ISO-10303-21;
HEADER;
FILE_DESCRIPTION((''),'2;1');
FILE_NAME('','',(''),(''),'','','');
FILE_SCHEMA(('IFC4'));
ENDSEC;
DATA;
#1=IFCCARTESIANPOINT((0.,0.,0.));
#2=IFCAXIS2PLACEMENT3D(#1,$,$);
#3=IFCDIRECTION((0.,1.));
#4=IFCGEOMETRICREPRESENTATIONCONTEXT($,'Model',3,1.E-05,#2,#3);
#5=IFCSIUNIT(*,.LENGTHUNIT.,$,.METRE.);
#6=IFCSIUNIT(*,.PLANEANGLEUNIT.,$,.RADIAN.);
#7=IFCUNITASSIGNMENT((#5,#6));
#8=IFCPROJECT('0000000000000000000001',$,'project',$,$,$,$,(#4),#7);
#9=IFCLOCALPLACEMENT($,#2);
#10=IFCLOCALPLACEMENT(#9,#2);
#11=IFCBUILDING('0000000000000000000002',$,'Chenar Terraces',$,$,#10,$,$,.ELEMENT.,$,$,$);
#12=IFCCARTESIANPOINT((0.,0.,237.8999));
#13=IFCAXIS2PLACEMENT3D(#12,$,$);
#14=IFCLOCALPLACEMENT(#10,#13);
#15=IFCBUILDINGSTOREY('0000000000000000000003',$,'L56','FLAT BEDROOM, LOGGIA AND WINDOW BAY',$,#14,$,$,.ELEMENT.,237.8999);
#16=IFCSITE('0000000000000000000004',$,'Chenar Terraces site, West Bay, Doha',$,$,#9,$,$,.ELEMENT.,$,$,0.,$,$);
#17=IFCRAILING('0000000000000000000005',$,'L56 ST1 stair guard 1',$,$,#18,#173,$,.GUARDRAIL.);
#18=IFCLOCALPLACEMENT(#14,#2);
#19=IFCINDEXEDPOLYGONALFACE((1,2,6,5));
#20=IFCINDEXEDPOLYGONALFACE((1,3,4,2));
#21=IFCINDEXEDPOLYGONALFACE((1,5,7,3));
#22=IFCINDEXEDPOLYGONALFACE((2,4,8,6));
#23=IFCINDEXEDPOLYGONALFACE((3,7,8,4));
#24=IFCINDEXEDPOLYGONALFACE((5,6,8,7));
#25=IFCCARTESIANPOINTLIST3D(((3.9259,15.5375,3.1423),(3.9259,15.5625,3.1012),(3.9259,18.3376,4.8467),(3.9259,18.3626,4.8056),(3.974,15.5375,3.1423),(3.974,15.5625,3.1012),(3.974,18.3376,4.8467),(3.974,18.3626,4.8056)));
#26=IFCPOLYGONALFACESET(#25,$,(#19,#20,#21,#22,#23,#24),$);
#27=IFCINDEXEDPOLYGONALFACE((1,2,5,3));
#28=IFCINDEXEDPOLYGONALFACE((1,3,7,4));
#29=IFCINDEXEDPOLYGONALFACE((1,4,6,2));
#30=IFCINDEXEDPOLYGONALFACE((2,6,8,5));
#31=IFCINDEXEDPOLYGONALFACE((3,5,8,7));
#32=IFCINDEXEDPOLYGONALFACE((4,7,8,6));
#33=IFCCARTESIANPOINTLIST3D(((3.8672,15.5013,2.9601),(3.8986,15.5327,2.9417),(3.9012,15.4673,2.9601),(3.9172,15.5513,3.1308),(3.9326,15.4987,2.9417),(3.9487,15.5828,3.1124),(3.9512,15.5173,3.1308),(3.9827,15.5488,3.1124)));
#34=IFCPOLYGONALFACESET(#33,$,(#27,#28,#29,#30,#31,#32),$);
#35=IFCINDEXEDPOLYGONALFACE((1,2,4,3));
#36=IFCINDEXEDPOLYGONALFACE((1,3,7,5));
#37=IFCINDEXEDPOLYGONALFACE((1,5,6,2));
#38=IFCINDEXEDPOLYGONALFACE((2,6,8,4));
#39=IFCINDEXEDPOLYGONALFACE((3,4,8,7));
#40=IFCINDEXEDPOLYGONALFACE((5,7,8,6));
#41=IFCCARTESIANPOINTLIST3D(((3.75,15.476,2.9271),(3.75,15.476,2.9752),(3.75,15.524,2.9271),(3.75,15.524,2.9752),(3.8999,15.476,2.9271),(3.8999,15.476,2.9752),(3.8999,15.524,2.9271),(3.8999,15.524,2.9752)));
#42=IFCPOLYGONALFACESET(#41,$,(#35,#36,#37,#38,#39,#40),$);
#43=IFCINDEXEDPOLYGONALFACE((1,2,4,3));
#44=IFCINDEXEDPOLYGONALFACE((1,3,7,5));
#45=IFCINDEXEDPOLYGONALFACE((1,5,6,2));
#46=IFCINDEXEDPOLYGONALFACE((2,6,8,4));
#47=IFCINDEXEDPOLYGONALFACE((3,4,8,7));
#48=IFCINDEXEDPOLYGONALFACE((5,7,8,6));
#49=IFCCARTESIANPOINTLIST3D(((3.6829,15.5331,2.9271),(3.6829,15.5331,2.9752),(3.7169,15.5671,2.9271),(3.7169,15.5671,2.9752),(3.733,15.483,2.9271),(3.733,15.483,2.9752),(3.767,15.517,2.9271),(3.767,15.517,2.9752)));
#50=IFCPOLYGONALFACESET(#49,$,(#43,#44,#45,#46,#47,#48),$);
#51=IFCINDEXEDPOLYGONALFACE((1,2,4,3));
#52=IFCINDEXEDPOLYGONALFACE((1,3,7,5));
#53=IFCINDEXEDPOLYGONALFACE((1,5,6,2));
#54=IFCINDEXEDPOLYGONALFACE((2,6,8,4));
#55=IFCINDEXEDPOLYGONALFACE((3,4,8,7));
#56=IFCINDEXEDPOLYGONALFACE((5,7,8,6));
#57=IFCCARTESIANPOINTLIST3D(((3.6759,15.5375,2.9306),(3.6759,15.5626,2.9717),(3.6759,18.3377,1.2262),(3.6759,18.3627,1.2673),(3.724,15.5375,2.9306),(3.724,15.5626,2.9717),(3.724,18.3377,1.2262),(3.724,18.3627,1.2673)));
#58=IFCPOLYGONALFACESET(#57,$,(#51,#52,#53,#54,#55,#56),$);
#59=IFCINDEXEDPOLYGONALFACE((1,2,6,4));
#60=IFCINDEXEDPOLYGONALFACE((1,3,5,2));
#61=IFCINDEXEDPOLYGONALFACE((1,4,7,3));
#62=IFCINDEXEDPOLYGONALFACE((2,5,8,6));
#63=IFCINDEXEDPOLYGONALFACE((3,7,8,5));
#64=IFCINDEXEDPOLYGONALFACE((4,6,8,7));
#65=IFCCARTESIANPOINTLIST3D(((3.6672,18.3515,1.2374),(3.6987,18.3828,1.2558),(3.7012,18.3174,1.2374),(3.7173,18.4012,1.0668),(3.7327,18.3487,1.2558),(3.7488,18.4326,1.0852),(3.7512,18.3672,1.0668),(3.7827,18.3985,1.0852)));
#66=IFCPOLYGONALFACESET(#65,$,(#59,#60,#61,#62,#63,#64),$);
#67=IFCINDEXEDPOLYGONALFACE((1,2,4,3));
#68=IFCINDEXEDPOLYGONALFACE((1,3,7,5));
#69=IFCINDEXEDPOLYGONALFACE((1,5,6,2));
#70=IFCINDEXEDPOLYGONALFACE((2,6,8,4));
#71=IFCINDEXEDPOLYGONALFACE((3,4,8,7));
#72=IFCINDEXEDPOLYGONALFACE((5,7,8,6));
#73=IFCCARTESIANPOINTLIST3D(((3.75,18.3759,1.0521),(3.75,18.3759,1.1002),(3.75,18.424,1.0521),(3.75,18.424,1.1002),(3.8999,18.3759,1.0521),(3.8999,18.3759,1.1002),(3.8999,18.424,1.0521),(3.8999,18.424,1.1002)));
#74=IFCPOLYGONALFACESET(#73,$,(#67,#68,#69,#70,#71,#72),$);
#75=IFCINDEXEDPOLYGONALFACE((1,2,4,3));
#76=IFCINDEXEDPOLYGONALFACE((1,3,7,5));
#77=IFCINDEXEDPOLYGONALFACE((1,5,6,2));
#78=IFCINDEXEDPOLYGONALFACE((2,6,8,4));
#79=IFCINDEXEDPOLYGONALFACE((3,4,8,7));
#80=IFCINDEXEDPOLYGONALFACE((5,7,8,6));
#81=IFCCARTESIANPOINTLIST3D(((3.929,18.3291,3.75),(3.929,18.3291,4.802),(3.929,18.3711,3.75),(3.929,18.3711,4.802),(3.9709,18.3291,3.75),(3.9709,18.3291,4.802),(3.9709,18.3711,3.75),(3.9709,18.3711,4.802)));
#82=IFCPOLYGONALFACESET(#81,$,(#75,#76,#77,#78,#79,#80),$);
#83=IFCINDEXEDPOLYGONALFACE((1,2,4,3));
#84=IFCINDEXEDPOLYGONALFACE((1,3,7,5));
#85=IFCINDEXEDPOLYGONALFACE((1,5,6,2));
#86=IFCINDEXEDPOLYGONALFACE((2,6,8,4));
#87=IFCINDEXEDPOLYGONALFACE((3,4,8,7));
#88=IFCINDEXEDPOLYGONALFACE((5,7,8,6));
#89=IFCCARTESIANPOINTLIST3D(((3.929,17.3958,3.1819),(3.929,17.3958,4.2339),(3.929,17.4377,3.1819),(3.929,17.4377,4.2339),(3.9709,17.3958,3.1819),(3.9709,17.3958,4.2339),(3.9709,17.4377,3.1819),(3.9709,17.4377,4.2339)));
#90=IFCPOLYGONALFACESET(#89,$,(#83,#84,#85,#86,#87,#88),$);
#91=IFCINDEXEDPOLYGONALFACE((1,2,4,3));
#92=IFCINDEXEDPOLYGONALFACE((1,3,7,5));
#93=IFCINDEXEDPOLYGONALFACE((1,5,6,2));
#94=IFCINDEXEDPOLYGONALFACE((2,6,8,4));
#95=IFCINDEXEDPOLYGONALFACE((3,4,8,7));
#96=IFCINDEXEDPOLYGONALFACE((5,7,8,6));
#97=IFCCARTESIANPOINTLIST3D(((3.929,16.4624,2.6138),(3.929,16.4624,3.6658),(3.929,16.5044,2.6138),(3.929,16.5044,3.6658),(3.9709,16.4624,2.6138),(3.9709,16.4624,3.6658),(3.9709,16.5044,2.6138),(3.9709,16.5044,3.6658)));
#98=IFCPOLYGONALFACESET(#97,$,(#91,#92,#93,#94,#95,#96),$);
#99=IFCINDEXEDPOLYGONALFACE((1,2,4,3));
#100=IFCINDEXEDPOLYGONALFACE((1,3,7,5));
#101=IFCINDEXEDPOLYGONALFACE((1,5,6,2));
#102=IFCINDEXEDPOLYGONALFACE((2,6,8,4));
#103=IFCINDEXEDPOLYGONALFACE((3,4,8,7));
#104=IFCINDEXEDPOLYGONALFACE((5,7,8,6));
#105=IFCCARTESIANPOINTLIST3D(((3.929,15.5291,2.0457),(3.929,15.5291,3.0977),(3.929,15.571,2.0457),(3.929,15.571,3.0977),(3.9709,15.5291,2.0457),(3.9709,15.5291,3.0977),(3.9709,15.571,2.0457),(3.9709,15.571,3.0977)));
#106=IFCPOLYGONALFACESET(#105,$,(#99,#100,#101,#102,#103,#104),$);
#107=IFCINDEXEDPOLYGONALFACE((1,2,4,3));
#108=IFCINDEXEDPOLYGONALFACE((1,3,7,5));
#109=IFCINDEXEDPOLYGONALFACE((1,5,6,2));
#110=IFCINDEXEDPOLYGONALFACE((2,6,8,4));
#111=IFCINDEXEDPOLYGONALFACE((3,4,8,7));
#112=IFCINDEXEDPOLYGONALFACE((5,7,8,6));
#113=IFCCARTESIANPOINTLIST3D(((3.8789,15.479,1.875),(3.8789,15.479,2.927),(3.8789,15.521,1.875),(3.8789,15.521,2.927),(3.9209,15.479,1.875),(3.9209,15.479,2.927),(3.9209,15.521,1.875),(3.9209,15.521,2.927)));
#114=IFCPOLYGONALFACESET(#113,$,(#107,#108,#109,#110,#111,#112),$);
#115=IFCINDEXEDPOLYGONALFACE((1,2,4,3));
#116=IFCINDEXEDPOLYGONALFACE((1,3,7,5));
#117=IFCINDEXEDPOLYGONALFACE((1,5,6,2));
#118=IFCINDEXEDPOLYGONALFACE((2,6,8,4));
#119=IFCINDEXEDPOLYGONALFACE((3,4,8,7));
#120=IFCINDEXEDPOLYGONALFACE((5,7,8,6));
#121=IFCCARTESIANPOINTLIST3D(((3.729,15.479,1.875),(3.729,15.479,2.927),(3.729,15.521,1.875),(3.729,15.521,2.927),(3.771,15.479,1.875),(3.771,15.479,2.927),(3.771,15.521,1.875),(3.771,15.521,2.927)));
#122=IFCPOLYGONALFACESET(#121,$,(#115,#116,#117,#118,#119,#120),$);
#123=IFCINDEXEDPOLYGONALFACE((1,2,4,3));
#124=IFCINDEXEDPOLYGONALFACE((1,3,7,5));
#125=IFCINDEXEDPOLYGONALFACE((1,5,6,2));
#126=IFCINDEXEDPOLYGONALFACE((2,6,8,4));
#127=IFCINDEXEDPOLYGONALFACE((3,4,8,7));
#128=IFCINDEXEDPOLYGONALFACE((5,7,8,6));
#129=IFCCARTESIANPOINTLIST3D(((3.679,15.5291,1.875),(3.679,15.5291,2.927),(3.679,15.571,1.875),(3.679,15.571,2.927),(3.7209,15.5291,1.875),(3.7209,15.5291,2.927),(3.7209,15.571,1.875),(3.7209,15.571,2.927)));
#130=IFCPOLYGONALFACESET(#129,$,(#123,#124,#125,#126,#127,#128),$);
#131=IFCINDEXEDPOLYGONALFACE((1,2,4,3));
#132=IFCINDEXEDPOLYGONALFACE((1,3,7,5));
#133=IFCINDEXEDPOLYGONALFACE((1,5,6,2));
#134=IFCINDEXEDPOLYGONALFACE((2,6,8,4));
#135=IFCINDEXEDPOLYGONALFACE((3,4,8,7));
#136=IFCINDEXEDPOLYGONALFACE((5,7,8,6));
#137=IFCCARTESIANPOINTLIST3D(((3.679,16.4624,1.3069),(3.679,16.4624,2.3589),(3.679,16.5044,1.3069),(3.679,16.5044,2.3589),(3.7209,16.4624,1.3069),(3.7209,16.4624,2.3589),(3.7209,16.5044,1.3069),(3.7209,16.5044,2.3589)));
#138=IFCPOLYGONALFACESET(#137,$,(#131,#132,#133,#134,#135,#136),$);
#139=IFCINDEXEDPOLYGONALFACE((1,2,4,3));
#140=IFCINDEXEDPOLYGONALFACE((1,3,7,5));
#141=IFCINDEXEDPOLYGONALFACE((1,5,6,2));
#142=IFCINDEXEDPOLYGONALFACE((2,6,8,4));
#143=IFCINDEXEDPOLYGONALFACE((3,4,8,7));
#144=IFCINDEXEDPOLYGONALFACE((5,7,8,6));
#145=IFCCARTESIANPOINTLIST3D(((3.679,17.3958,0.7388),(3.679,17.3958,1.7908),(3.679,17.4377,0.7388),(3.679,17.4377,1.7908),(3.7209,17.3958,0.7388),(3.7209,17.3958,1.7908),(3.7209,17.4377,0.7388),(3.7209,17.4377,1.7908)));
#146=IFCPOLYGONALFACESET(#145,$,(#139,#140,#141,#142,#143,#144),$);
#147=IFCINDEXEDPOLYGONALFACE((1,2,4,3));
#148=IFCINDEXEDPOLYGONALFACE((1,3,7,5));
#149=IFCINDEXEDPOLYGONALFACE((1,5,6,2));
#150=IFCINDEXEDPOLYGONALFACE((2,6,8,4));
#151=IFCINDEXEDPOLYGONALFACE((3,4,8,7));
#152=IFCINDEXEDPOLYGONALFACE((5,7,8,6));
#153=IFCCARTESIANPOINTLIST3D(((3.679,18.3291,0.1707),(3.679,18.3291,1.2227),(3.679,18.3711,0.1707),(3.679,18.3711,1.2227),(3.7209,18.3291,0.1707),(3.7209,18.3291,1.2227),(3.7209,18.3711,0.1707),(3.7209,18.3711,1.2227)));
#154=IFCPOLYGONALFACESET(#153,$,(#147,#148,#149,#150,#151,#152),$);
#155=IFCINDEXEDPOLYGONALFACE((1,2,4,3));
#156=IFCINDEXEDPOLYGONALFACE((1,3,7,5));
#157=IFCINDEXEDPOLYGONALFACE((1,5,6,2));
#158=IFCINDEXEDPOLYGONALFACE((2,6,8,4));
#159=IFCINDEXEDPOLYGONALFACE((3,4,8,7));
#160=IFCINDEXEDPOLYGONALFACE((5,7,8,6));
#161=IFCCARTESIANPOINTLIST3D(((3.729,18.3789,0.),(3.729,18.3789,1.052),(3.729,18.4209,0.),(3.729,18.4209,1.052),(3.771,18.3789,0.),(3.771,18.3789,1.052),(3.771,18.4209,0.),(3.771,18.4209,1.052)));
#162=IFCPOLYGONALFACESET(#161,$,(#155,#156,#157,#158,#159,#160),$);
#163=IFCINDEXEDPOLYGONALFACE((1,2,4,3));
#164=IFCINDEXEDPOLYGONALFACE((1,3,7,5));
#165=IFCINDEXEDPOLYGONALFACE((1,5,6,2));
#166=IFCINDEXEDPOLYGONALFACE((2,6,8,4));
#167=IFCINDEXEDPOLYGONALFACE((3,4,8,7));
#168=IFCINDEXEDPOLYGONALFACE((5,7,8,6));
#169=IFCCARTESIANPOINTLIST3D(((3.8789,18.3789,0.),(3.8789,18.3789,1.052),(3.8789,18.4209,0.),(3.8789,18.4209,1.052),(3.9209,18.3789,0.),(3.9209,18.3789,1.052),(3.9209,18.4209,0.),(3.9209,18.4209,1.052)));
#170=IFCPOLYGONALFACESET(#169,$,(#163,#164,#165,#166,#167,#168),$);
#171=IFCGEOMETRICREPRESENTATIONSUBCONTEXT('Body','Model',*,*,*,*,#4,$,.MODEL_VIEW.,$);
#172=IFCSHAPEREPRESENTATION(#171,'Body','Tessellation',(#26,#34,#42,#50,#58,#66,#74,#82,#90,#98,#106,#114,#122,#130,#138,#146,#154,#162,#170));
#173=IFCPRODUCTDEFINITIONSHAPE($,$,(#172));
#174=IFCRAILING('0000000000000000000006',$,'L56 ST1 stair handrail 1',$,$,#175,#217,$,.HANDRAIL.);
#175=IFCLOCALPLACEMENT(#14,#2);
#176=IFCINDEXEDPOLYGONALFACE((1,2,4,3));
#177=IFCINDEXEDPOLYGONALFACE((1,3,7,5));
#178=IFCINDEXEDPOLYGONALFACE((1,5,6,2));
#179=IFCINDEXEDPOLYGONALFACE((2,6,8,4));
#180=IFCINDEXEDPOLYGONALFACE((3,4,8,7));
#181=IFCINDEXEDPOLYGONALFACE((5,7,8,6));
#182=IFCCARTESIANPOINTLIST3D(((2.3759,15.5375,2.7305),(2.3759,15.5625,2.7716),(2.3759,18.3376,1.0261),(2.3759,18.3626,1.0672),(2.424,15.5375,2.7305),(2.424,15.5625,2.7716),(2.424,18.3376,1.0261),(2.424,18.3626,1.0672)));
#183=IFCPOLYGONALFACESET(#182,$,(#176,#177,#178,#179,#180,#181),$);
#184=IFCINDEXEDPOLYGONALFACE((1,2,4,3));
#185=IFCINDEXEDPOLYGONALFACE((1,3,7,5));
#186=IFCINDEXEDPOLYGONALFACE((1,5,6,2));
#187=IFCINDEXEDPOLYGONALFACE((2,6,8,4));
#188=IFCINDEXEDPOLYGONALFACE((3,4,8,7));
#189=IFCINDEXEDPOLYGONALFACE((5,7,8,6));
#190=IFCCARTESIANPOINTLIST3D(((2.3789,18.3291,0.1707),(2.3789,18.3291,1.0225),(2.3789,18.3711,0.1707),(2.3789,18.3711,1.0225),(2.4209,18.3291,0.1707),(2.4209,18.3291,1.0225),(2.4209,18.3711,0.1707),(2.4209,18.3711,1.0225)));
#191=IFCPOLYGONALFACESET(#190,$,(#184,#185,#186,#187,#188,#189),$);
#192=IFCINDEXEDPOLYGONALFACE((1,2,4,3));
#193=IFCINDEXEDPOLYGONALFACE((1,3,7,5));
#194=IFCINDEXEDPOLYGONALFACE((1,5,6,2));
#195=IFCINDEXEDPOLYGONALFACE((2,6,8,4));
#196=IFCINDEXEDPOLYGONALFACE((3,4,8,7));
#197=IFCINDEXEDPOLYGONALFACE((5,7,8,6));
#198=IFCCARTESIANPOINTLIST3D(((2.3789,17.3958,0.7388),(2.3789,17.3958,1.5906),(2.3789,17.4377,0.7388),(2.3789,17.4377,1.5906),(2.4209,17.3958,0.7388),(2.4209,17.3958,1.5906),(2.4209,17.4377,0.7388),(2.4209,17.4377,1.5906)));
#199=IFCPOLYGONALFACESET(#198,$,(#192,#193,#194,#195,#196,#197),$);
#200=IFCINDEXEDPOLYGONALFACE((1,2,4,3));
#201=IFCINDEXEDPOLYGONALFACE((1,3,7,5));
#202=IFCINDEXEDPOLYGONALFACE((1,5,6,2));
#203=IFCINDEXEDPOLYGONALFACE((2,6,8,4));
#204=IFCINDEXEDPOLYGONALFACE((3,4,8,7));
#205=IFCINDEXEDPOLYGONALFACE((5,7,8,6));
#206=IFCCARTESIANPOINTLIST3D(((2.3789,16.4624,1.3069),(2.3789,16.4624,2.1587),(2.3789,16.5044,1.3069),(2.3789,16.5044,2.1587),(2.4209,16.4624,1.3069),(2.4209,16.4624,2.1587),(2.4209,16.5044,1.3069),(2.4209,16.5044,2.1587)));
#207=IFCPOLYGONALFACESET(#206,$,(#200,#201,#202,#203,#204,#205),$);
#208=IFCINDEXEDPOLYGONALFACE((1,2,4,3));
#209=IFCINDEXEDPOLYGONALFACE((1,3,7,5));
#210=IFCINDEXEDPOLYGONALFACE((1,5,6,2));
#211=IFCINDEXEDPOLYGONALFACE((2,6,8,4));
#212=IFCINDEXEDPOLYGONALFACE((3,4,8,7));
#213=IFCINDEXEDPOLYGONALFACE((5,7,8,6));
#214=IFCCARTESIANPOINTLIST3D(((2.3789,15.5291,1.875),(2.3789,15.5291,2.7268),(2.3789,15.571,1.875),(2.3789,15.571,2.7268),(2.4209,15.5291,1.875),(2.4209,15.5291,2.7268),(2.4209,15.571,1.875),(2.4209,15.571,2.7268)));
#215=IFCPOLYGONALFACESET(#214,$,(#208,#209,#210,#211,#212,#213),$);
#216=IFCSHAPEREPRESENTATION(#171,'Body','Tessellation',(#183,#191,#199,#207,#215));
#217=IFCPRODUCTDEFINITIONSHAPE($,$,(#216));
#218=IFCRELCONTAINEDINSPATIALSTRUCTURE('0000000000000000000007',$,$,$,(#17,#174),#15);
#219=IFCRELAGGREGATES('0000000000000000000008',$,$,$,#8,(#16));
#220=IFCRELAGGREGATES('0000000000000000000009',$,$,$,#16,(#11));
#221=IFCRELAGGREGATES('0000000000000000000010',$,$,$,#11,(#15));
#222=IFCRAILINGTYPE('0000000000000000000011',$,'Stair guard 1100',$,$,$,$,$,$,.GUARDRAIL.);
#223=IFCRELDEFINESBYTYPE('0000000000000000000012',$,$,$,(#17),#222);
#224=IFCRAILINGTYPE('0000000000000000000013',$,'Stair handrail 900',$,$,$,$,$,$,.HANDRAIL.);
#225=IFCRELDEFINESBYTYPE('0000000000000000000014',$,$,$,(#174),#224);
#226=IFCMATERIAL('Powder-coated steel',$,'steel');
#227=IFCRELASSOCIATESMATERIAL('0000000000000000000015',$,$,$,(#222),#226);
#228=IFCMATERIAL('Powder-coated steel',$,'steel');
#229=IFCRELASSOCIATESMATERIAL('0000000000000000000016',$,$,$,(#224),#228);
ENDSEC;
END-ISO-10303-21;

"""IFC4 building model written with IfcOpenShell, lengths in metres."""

from ifc_helpers import new_model, si_unit, direction, frame, origin, origin_2d, place, context, subcontext, project, spatial, rectangle, extrude, material, type_object, element, save


model = new_model("IFC4")

# Units and contexts
model_context = context("Model", 3, precision=1e-05, world=origin(), true_north=direction((0.0, 1.0)))
body_context = subcontext(model_context, "Body", "Model", "MODEL_VIEW")
ifc_project = project(units=[si_unit("LENGTHUNIT", "METRE"), si_unit("PLANEANGLEUNIT", "RADIAN")], contexts=[model_context])

# Site, building, storey
site_placement = place(None, origin())
site = spatial("IfcSite", under=ifc_project, at=site_placement, Name="Chenar Terraces site, West Bay, Doha", CompositionType="ELEMENT", RefElevation=0.0)
building_placement = place(site_placement, origin())
building = spatial("IfcBuilding", under=site, at=building_placement, Name="Chenar Terraces", CompositionType="ELEMENT")
storey_placement = place(building_placement, frame((0.0, 0.0, 237.8999)))
storey = spatial("IfcBuildingStorey", under=building, at=storey_placement, Name="L56", Description="FLAT BEDROOM, LOGGIA AND WINDOW BAY", CompositionType="ELEMENT", Elevation=237.8999)

# Railings
ifc_material_1 = material(Name="Powder-coated steel", Category="steel")
railing_type_1 = type_object("IfcRailingType", Name="Stair guard 1100", PredefinedType="GUARDRAIL", material=ifc_material_1)
railing_1_placement = place(storey_placement, frame((3.95, 18.3501, 3.75)))
element("IfcRailing", 1, at=railing_1_placement, inside=storey, type_object=railing_type_1, Name="L56 ST1 stair guard 1", PredefinedType="GUARDRAIL", context=body_context, shape_type="SweptSolid", body=[
    extrude(rectangle(XDim=0.0481, YDim=0.0481, at=origin_2d()), frame((0.0, 0.0, 1.0762), z_axis=(0.0, -0.854203, -0.51994), x_axis=(1.0, 0.0, 0.0)), (0.0, 0.0, 1.0), 3.2781),
    extrude(rectangle(XDim=0.0481, YDim=0.0481, at=origin_2d()), frame((0.0, -2.8, -0.6284), z_axis=(-0.2709, -0.2709, -0.923703), x_axis=(0.707107, -0.707107, 0.0)), (0.0, 0.0, 1.0), 0.1848),
    extrude(rectangle(XDim=0.0481, YDim=0.0481, at=origin_2d()), frame((-0.05, -2.8501, -0.7988), z_axis=(-1.0, 0.0, 0.0), x_axis=(0.0, -1.0, 0.0)), (0.0, 0.0, 1.0), 0.1499),
    extrude(rectangle(XDim=0.0481, YDim=0.0481, at=origin_2d()), frame((-0.2, -2.8501, -0.7988), z_axis=(-0.707107, 0.707107, 0.0), x_axis=(-0.707107, -0.707107, 0.0)), (0.0, 0.0, 1.0), 0.0708),
    extrude(rectangle(XDim=0.0481, YDim=0.0481, at=origin_2d()), frame((-0.25, -2.8, -0.7988), z_axis=(0.0, 0.854203, -0.51994), x_axis=(-1.0, 0.0, 0.0)), (0.0, 0.0, 1.0), 3.2781),
    extrude(rectangle(XDim=0.0481, YDim=0.0481, at=origin_2d()), frame((-0.25, 0.0, -2.5034), z_axis=(0.270997, 0.269675, -0.924033), x_axis=(-0.705376, 0.708834, 0.0)), (0.0, 0.0, 1.0), 0.1846),
    extrude(rectangle(XDim=0.0481, YDim=0.0481, at=origin_2d()), frame((-0.2, 0.0498, -2.6738), z_axis=(1.0, 0.0, 0.0), x_axis=(0.0, 1.0, 0.0)), (0.0, 0.0, 1.0), 0.1499),
    extrude(rectangle(XDim=0.042, YDim=0.042, at=origin_2d()), origin(), (0.0, 0.0, 1.0), 1.052),
    extrude(rectangle(XDim=0.042, YDim=0.042, at=origin_2d()), frame((0.0, -0.9333, -0.5681)), (0.0, 0.0, 1.0), 1.052),
    extrude(rectangle(XDim=0.042, YDim=0.042, at=origin_2d()), frame((0.0, -1.8667, -1.1362)), (0.0, 0.0, 1.0), 1.052),
    extrude(rectangle(XDim=0.042, YDim=0.042, at=origin_2d()), frame((0.0, -2.8, -1.7043)), (0.0, 0.0, 1.0), 1.052),
    extrude(rectangle(XDim=0.042, YDim=0.042, at=origin_2d()), frame((-0.05, -2.8501, -1.875)), (0.0, 0.0, 1.0), 1.052),
    extrude(rectangle(XDim=0.042, YDim=0.042, at=origin_2d()), frame((-0.2, -2.8501, -1.875)), (0.0, 0.0, 1.0), 1.052),
    extrude(rectangle(XDim=0.042, YDim=0.042, at=origin_2d()), frame((-0.25, -2.8, -1.875)), (0.0, 0.0, 1.0), 1.052),
    extrude(rectangle(XDim=0.042, YDim=0.042, at=origin_2d()), frame((-0.25, -1.8667, -2.4431)), (0.0, 0.0, 1.0), 1.052),
    extrude(rectangle(XDim=0.042, YDim=0.042, at=origin_2d()), frame((-0.25, -0.9333, -3.0112)), (0.0, 0.0, 1.0), 1.052),
    extrude(rectangle(XDim=0.042, YDim=0.042, at=origin_2d()), frame((-0.25, 0.0, -3.5793)), (0.0, 0.0, 1.0), 1.052),
    extrude(rectangle(XDim=0.042, YDim=0.042, at=origin_2d()), frame((-0.2, 0.0498, -3.75)), (0.0, 0.0, 1.0), 1.052),
    extrude(rectangle(XDim=0.042, YDim=0.042, at=origin_2d()), frame((-0.05, 0.0498, -3.75)), (0.0, 0.0, 1.0), 1.052),
])
ifc_material_2 = material(Name="Powder-coated steel", Category="steel")
railing_type_2 = type_object("IfcRailingType", Name="Stair handrail 900", PredefinedType="HANDRAIL", material=ifc_material_2)
railing_2_placement = place(storey_placement, frame((2.3999, 18.3501, 0.1707)))
element("IfcRailing", 2, at=railing_2_placement, inside=storey, type_object=railing_type_2, Name="L56 ST1 stair handrail 1", PredefinedType="HANDRAIL", context=body_context, shape_type="SweptSolid", body=[
    extrude(rectangle(XDim=0.0481, YDim=0.0481, at=origin_2d()), frame((0.0, 0.0, 0.876), z_axis=(0.0, -0.854203, 0.51994), x_axis=(1.0, 0.0, 0.0)), (0.0, 0.0, 1.0), 3.2781),
    extrude(rectangle(XDim=0.042, YDim=0.042, at=origin_2d()), origin(), (0.0, 0.0, 1.0), 0.8518),
    extrude(rectangle(XDim=0.042, YDim=0.042, at=origin_2d()), frame((0.0, -0.9333, 0.5681)), (0.0, 0.0, 1.0), 0.8518),
    extrude(rectangle(XDim=0.042, YDim=0.042, at=origin_2d()), frame((0.0, -1.8667, 1.1362)), (0.0, 0.0, 1.0), 0.8518),
    extrude(rectangle(XDim=0.042, YDim=0.042, at=origin_2d()), frame((0.0, -2.8, 1.7043)), (0.0, 0.0, 1.0), 0.8518),
])

save(model, "model.ifc")
